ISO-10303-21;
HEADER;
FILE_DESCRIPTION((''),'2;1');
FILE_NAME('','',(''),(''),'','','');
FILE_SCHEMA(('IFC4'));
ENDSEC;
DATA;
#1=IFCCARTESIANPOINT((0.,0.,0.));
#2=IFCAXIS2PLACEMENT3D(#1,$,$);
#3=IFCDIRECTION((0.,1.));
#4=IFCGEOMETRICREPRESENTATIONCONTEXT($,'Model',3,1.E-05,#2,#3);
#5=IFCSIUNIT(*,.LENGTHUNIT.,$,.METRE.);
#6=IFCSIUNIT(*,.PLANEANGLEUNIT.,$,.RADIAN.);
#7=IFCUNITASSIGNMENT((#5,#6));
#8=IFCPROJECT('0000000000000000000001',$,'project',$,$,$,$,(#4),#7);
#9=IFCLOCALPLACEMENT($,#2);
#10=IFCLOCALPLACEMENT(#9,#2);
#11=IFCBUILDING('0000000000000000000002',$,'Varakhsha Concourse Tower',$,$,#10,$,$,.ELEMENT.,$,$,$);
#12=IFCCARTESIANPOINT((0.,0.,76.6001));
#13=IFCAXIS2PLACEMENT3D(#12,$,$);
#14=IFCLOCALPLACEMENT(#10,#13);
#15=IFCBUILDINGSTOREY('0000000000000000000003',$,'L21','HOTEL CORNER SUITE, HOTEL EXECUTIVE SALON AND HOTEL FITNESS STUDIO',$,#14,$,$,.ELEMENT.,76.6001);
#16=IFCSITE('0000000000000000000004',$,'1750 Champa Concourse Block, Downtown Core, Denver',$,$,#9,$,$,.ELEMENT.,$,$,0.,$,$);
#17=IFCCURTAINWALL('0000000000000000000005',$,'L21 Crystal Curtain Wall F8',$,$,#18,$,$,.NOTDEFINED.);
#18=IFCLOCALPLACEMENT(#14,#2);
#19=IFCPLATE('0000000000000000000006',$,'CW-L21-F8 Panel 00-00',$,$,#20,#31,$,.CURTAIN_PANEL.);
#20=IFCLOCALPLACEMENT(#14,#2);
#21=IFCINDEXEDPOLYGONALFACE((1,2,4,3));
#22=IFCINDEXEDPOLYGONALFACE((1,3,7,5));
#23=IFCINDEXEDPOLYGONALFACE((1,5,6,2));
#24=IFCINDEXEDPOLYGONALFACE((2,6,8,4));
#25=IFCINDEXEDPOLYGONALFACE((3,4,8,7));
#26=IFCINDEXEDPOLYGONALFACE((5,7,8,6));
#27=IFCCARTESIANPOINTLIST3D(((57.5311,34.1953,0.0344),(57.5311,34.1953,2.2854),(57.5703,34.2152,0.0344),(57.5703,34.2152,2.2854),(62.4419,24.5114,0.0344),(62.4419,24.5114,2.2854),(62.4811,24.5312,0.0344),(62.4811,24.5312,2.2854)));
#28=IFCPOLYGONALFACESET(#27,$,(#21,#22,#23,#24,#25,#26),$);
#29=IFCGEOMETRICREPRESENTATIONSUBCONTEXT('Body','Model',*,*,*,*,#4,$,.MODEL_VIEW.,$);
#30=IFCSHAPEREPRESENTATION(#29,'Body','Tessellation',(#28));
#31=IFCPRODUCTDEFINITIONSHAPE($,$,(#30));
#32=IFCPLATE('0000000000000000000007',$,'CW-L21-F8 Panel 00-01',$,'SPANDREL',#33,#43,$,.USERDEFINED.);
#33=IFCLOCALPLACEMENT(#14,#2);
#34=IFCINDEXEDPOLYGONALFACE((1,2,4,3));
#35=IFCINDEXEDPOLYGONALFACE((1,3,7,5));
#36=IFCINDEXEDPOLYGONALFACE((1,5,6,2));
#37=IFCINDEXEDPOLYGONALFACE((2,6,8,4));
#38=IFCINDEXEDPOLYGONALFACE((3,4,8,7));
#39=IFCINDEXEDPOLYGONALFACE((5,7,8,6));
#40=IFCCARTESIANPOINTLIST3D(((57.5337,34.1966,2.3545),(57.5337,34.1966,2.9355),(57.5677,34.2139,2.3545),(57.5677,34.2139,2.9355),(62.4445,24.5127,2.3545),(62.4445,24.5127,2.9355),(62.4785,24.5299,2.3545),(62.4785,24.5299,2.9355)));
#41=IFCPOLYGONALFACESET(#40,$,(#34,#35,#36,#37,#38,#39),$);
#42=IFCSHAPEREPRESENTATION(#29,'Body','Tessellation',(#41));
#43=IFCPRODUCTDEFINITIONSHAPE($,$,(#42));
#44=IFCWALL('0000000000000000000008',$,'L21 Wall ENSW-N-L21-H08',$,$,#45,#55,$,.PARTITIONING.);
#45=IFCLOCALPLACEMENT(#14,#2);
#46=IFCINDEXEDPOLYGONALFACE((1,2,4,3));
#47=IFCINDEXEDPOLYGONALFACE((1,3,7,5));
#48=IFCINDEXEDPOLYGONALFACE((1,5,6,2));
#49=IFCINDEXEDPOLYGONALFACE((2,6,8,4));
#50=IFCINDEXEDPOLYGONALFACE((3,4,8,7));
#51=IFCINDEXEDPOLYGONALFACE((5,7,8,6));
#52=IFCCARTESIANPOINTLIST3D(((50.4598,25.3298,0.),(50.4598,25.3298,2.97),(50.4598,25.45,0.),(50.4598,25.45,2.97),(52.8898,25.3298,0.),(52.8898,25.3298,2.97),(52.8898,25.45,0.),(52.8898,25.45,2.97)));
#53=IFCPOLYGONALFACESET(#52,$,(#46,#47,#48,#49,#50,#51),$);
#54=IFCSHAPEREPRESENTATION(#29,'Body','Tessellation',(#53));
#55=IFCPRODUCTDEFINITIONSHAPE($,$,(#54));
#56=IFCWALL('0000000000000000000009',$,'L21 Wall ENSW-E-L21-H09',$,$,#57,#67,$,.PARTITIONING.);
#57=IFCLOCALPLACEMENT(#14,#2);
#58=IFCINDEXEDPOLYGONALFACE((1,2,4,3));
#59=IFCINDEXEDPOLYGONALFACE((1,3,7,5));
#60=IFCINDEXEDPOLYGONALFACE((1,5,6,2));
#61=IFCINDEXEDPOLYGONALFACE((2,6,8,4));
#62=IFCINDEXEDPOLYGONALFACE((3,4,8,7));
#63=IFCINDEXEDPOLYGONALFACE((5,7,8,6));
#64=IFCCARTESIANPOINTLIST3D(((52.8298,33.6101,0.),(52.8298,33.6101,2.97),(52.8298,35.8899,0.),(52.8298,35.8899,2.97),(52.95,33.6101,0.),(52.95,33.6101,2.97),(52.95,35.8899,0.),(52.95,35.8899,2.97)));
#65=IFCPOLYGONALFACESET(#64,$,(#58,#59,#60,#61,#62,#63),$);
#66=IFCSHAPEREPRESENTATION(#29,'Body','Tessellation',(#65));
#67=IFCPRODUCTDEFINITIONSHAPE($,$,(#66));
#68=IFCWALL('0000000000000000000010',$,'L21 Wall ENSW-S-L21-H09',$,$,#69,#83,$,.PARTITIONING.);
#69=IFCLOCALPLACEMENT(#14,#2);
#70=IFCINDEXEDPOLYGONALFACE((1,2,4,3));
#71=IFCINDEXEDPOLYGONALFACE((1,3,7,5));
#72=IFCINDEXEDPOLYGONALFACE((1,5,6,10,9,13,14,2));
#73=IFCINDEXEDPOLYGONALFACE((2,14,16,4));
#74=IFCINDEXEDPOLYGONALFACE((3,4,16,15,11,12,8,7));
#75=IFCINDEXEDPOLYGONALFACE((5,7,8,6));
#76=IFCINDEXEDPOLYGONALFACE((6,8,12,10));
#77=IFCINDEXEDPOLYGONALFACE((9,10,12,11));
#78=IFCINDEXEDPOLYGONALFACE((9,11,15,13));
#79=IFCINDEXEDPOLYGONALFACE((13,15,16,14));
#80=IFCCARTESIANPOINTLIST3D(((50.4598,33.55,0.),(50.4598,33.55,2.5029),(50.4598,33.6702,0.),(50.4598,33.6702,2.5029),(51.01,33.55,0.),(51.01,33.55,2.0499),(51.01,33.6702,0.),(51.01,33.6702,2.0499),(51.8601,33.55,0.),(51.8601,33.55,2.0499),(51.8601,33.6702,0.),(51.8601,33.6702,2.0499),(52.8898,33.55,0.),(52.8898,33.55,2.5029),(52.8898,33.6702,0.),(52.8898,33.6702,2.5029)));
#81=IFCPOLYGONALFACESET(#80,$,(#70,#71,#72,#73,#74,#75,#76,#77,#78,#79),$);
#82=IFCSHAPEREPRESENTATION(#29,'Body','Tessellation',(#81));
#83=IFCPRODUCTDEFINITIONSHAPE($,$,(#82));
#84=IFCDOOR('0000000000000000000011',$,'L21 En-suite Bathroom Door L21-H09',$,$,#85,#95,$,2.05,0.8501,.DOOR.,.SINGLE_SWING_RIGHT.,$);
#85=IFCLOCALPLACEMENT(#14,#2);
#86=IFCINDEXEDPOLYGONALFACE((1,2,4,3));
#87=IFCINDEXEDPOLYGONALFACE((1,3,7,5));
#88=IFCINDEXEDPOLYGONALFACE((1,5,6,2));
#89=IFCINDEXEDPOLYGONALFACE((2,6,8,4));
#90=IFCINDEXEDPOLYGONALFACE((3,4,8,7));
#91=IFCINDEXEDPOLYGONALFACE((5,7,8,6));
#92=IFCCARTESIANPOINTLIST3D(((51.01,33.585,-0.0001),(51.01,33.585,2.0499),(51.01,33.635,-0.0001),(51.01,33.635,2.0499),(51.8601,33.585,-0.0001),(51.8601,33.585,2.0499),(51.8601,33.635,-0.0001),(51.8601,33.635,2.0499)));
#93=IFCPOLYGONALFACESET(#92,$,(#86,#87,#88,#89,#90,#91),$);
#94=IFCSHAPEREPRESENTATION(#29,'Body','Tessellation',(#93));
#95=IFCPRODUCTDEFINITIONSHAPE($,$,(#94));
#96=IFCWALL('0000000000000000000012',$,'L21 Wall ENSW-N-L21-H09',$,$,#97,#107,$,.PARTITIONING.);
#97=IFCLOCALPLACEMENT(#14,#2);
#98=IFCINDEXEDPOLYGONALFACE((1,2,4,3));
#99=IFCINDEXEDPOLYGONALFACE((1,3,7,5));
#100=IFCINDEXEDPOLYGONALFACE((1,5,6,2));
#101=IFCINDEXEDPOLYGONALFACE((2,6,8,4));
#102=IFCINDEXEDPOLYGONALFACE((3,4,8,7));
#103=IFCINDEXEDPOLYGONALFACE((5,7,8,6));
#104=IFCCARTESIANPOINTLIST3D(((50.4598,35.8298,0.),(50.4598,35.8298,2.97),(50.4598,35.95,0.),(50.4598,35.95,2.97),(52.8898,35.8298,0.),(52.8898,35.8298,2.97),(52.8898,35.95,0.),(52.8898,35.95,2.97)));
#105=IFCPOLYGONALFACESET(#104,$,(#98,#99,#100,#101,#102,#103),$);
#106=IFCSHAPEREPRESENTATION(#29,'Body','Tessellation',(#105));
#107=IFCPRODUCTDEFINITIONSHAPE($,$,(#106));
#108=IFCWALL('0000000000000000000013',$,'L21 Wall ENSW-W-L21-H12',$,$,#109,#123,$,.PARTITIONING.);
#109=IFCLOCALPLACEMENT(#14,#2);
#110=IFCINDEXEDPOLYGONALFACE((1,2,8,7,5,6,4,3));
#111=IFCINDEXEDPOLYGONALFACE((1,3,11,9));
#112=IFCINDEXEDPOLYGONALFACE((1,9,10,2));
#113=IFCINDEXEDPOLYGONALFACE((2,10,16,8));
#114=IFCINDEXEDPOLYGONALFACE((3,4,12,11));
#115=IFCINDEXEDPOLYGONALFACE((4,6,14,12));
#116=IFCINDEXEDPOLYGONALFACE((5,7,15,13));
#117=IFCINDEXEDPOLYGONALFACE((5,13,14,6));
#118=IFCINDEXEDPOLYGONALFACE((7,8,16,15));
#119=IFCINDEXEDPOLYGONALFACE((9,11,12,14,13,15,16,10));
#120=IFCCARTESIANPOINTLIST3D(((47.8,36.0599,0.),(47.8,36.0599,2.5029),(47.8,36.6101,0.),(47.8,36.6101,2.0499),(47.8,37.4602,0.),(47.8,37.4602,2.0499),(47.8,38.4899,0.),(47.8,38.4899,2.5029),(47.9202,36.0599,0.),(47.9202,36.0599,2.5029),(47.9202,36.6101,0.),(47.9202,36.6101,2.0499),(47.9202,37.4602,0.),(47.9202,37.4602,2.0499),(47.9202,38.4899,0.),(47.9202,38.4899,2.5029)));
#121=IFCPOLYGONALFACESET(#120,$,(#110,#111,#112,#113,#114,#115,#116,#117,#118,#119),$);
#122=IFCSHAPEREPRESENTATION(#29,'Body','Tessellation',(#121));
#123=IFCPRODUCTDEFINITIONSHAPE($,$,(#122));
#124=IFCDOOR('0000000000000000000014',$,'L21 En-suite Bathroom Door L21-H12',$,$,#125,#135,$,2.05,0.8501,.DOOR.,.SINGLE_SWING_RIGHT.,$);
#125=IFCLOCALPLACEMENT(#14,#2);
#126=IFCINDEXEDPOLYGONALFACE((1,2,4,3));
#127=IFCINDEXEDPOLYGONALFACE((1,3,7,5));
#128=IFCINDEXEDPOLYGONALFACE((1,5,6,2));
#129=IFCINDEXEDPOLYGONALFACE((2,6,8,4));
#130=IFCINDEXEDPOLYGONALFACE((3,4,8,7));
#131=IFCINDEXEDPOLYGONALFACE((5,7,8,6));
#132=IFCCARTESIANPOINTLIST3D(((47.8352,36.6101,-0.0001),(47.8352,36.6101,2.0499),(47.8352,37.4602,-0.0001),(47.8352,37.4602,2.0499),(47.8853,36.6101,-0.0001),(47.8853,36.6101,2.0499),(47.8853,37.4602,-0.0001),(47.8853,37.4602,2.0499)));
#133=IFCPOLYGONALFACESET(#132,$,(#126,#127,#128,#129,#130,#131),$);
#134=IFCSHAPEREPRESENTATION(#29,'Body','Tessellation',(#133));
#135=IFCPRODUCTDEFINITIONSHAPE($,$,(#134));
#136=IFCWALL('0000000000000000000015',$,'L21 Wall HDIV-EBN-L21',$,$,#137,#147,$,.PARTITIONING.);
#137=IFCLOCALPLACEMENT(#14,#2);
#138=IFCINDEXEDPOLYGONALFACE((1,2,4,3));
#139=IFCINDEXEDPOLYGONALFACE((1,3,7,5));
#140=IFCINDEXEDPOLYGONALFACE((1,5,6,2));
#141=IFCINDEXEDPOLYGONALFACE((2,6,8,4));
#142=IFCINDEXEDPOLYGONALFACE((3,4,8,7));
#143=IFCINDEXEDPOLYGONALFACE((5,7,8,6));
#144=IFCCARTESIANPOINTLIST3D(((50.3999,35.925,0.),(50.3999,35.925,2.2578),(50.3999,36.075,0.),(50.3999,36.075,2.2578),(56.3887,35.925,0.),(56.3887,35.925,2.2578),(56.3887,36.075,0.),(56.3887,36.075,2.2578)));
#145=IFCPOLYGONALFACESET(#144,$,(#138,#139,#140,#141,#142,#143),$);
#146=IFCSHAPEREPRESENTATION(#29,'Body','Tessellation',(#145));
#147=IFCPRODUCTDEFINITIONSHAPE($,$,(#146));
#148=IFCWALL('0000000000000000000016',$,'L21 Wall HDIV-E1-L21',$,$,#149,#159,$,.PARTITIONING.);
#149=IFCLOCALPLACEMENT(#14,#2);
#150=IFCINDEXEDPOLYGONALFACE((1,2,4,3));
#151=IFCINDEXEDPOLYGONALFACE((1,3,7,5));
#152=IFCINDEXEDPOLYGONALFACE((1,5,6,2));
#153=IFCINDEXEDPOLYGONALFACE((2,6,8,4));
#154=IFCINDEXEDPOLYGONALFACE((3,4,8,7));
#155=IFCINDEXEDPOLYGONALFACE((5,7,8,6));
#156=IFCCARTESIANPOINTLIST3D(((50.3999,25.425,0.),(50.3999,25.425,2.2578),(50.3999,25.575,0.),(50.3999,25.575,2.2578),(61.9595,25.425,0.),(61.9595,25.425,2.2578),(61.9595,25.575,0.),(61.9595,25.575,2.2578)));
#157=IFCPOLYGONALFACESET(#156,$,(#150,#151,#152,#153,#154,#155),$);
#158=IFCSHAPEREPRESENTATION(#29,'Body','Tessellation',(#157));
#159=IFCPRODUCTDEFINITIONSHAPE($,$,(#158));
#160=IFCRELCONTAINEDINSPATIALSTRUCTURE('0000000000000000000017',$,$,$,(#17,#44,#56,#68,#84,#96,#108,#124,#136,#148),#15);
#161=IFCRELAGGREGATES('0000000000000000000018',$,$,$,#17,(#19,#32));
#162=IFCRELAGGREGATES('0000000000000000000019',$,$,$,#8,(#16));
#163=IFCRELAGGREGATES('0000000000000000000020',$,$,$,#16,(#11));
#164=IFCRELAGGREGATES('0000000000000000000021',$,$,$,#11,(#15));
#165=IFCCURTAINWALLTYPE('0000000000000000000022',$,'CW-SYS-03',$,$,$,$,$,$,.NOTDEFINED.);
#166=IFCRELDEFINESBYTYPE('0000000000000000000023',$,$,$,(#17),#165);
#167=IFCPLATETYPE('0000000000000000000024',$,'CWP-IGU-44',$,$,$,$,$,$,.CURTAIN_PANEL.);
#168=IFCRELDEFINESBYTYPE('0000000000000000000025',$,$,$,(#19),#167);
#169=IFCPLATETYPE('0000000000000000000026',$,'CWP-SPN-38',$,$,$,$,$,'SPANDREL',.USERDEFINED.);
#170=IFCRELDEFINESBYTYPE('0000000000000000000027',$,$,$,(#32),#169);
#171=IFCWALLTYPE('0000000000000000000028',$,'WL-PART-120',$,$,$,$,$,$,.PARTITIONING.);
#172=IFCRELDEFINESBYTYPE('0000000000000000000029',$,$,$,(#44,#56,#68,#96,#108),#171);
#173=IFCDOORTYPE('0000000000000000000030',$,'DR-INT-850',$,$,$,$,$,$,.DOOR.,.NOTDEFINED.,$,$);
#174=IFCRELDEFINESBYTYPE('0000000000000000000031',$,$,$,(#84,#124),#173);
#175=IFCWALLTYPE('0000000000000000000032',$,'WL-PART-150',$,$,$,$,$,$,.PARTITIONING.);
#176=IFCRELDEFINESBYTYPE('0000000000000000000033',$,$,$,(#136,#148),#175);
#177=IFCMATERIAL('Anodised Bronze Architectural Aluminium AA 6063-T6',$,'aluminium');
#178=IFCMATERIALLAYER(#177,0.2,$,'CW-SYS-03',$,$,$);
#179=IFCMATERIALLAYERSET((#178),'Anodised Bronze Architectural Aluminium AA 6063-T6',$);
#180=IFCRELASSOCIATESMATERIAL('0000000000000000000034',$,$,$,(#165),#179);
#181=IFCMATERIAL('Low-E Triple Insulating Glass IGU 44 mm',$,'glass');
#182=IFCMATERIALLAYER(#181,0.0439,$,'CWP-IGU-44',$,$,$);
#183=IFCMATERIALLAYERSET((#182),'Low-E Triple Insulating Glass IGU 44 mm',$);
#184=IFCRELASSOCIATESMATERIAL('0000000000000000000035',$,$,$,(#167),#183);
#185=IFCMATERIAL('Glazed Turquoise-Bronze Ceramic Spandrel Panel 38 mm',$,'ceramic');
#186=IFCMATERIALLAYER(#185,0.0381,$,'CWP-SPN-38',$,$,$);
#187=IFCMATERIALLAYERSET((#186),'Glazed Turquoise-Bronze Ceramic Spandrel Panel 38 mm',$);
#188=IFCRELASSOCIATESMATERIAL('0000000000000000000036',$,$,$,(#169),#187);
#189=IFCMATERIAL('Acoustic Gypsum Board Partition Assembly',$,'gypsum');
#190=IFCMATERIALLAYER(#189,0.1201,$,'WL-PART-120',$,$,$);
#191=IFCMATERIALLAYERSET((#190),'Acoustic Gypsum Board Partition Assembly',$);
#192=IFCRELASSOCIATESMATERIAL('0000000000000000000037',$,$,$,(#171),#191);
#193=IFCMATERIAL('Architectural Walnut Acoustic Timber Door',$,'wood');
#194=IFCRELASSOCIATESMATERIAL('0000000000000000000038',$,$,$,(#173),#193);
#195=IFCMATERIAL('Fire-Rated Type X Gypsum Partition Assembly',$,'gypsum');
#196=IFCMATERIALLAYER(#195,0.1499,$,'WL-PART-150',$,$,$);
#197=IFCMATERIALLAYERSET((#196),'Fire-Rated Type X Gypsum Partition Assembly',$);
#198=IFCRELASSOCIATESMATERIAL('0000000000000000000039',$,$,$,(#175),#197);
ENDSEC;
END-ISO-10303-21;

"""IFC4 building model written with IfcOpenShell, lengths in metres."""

from ifc_helpers import new_model, si_unit, direction, frame, frame_2d, origin, origin_2d, place, context, subcontext, project, spatial, rectangle, extrude, source, transform, mapped, material, layer, layer_set, type_object, type_shapes, element, fill, aggregate, save


model = new_model("IFC4")

# Units and contexts
model_context = context("Model", 3, precision=1e-05, world=origin(), true_north=direction((0.0, 1.0)))
body_context = subcontext(model_context, "Body", "Model", "MODEL_VIEW")
ifc_project = project(units=[si_unit("LENGTHUNIT", "METRE"), si_unit("PLANEANGLEUNIT", "RADIAN")], contexts=[model_context])

# Site, building, storey
site_placement = place(None, origin())
site = spatial("IfcSite", under=ifc_project, at=site_placement, Name="1750 Champa Concourse Block, Downtown Core, Denver", CompositionType="ELEMENT", RefElevation=0.0)
building_placement = place(site_placement, origin())
building = spatial("IfcBuilding", under=site, at=building_placement, Name="Varakhsha Concourse Tower", CompositionType="ELEMENT")
storey_placement = place(building_placement, frame((0.0, 0.0, 76.6001)))
storey = spatial("IfcBuildingStorey", under=building, at=storey_placement, Name="L21", Description="HOTEL CORNER SUITE, HOTEL EXECUTIVE SALON AND HOTEL FITNESS STUDIO", CompositionType="ELEMENT", Elevation=76.6001)

# Curtain wall
ifc_material_1 = material(Name="Anodised Bronze Architectural Aluminium AA 6063-T6", Category="aluminium")
ifc_layer_1 = layer(ifc_material_1, 0.2, Name="CW-SYS-03")
ifc_layer_set_1 = layer_set([ifc_layer_1], Name="Anodised Bronze Architectural Aluminium AA 6063-T6")
curtain_wall_type = type_object("IfcCurtainWallType", Name="CW-SYS-03", PredefinedType="NOTDEFINED", material=ifc_layer_set_1)
curtain_wall_1_placement = place(storey_placement, origin())
curtain_wall_1 = element("IfcCurtainWall", 1, at=curtain_wall_1_placement, inside=storey, type_object=curtain_wall_type, Name="L21 Crystal Curtain Wall F8", PredefinedType="NOTDEFINED")

# Plates
ifc_material_2 = material(Name="Low-E Triple Insulating Glass IGU 44 mm", Category="glass")
ifc_layer_2 = layer(ifc_material_2, 0.0439, Name="CWP-IGU-44")
ifc_layer_set_2 = layer_set([ifc_layer_2], Name="Low-E Triple Insulating Glass IGU 44 mm")
plate_type_1 = type_object("IfcPlateType", Name="CWP-IGU-44", PredefinedType="CURTAIN_PANEL", material=ifc_layer_set_2)
shared_shape_1 = source(origin(), body_context, "Body", "SweptSolid", [
    extrude(rectangle(XDim=10.8579, YDim=0.0439, at=origin_2d()), origin(), (0.0, 0.0, 1.0), 2.251),
])
type_shapes(plate_type_1, [shared_shape_1])
plate_1_placement = place(storey_placement, frame((60.0061, 29.3633, 0.0344), z_axis=(0.0, 0.0, 1.0), x_axis=(0.452274, -0.891879, 0.0)))
plate_1 = element("IfcPlate", 2, at=plate_1_placement, type_object=plate_type_1, Name="CW-L21-F8 Panel 00-00", PredefinedType="CURTAIN_PANEL", context=body_context, shape_type="MappedRepresentation", body=[
    mapped(shared_shape_1, transform((0.0, 0.0, 0.0), scale=1.0)),
])
ifc_material_3 = material(Name="Glazed Turquoise-Bronze Ceramic Spandrel Panel 38 mm", Category="ceramic")
ifc_layer_3 = layer(ifc_material_3, 0.0381, Name="CWP-SPN-38")
ifc_layer_set_3 = layer_set([ifc_layer_3], Name="Glazed Turquoise-Bronze Ceramic Spandrel Panel 38 mm")
plate_type_2 = type_object("IfcPlateType", Name="CWP-SPN-38", ElementType="SPANDREL", PredefinedType="USERDEFINED", material=ifc_layer_set_3)
shared_shape_2 = source(origin(), body_context, "Body", "SweptSolid", [
    extrude(rectangle(XDim=10.8579, YDim=0.0381, at=origin_2d()), origin(), (0.0, 0.0, 1.0), 0.5811),
])
type_shapes(plate_type_2, [shared_shape_2])
plate_2_placement = place(storey_placement, frame((60.0061, 29.3633, 2.3545), z_axis=(0.0, 0.0, 1.0), x_axis=(0.452274, -0.891879, 0.0)))
plate_2 = element("IfcPlate", 3, at=plate_2_placement, type_object=plate_type_2, Name="CW-L21-F8 Panel 00-01", ObjectType="SPANDREL", PredefinedType="USERDEFINED", context=body_context, shape_type="MappedRepresentation", body=[
    mapped(shared_shape_2, transform((0.0, 0.0, 0.0), scale=1.0)),
])
aggregate(curtain_wall_1, [plate_1, plate_2])

# Walls
ifc_material_4 = material(Name="Acoustic Gypsum Board Partition Assembly", Category="gypsum")
ifc_layer_4 = layer(ifc_material_4, 0.1201, Name="WL-PART-120")
ifc_layer_set_4 = layer_set([ifc_layer_4], Name="Acoustic Gypsum Board Partition Assembly")
wall_type_1 = type_object("IfcWallType", Name="WL-PART-120", PredefinedType="PARTITIONING", material=ifc_layer_set_4)
wall_1_placement = place(storey_placement, frame((50.46, 25.3899, 0.0), z_axis=(0.0, 0.0, 1.0), x_axis=(1.0, 0.0, 0.0)))
element("IfcWall", 4, at=wall_1_placement, inside=storey, type_object=wall_type_1, Name="L21 Wall ENSW-N-L21-H08", PredefinedType="PARTITIONING", context=body_context, shape_type="SweptSolid", body=[
    extrude(rectangle(XDim=2.4299, YDim=0.1201, at=frame_2d((1.2148, 0.0))), origin(), (0.0, 0.0, 1.0), 2.97),
])
wall_2_placement = place(storey_placement, frame((52.8899, 33.6101, 0.0), z_axis=(0.0, 0.0, 1.0), x_axis=(0.0, 1.0, 0.0)))
element("IfcWall", 5, at=wall_2_placement, inside=storey, type_object=wall_type_1, Name="L21 Wall ENSW-E-L21-H09", PredefinedType="PARTITIONING", context=body_context, shape_type="SweptSolid", body=[
    extrude(rectangle(XDim=2.2798, YDim=0.1201, at=frame_2d((1.1399, 0.0))), origin(), (0.0, 0.0, 1.0), 2.97),
])

# Wall, opening, door
wall_3_placement = place(storey_placement, frame((50.46, 33.6101, 0.0), z_axis=(0.0, 0.0, 1.0), x_axis=(1.0, 0.0, 0.0)))
wall_3 = element("IfcWall", 6, at=wall_3_placement, inside=storey, type_object=wall_type_1, Name="L21 Wall ENSW-S-L21-H09", PredefinedType="PARTITIONING", context=body_context, shape_type="SweptSolid", body=[
    extrude(rectangle(XDim=2.4299, YDim=0.1201, at=frame_2d((1.2148, 0.0))), origin(), (0.0, 0.0, 1.0), 2.5029),
])
opening_1_placement = place(wall_3_placement, frame((0.55, 0.0, 0.0)))
opening_1 = element("IfcOpeningElement", 7, at=opening_1_placement, cuts=wall_3, PredefinedType="OPENING", context=body_context, shape_type="SweptSolid", body=[
    extrude(rectangle(XDim=0.8501, YDim=2.05, at=frame_2d((0.425, 1.0249))), frame((0.0, 0.0701, 0.0), z_axis=(0.0, -1.0, 0.0), x_axis=(1.0, 0.0, 0.0)), (0.0, 0.0, 1.0), 0.1401),
])
ifc_material_5 = material(Name="Architectural Walnut Acoustic Timber Door", Category="wood")
door_type = type_object("IfcDoorType", Name="DR-INT-850", OperationType="NOTDEFINED", PredefinedType="DOOR", material=ifc_material_5)
door_1_placement = place(opening_1_placement, origin())
door_1 = element("IfcDoor", 8, at=door_1_placement, inside=storey, type_object=door_type, Name="L21 En-suite Bathroom Door L21-H09", OperationType="SINGLE_SWING_RIGHT", OverallHeight=2.05, OverallWidth=0.8501, PredefinedType="DOOR", context=body_context, shape_type="SweptSolid", body=[
    extrude(rectangle(XDim=0.8501, YDim=2.05, at=frame_2d((0.425, 1.0249))), frame((0.0, 0.0249, 0.0), z_axis=(0.0, -1.0, 0.0), x_axis=(1.0, 0.0, 0.0)), (0.0, 0.0, 1.0), 0.05),
])
fill(opening_1, door_1)

# Wall
wall_4_placement = place(storey_placement, frame((50.46, 35.8899, 0.0), z_axis=(0.0, 0.0, 1.0), x_axis=(1.0, 0.0, 0.0)))
element("IfcWall", 9, at=wall_4_placement, inside=storey, type_object=wall_type_1, Name="L21 Wall ENSW-N-L21-H09", PredefinedType="PARTITIONING", context=body_context, shape_type="SweptSolid", body=[
    extrude(rectangle(XDim=2.4299, YDim=0.1201, at=frame_2d((1.2148, 0.0))), origin(), (0.0, 0.0, 1.0), 2.97),
])

# Wall, opening, door
wall_5_placement = place(storey_placement, frame((47.8601, 36.0601, 0.0), z_axis=(0.0, 0.0, 1.0), x_axis=(0.0, 1.0, 0.0)))
wall_5 = element("IfcWall", 10, at=wall_5_placement, inside=storey, type_object=wall_type_1, Name="L21 Wall ENSW-W-L21-H12", PredefinedType="PARTITIONING", context=body_context, shape_type="SweptSolid", body=[
    extrude(rectangle(XDim=2.4299, YDim=0.1201, at=frame_2d((1.2148, 0.0))), origin(), (0.0, 0.0, 1.0), 2.5029),
])
opening_2_placement = place(wall_5_placement, frame((0.55, 0.0, 0.0)))
opening_2 = element("IfcOpeningElement", 11, at=opening_2_placement, cuts=wall_5, PredefinedType="OPENING", context=body_context, shape_type="SweptSolid", body=[
    extrude(rectangle(XDim=0.8501, YDim=2.05, at=frame_2d((0.425, 1.0249))), frame((0.0, 0.0701, 0.0), z_axis=(0.0, -1.0, 0.0), x_axis=(1.0, 0.0, 0.0)), (0.0, 0.0, 1.0), 0.1401),
])
door_2_placement = place(opening_2_placement, origin())
door_2 = element("IfcDoor", 12, at=door_2_placement, inside=storey, type_object=door_type, Name="L21 En-suite Bathroom Door L21-H12", OperationType="SINGLE_SWING_RIGHT", OverallHeight=2.05, OverallWidth=0.8501, PredefinedType="DOOR", context=body_context, shape_type="SweptSolid", body=[
    extrude(rectangle(XDim=0.8501, YDim=2.05, at=frame_2d((0.425, 1.0249))), frame((0.0, 0.0249, 0.0), z_axis=(0.0, -1.0, 0.0), x_axis=(1.0, 0.0, 0.0)), (0.0, 0.0, 1.0), 0.05),
])
fill(opening_2, door_2)

# Walls
ifc_material_6 = material(Name="Fire-Rated Type X Gypsum Partition Assembly", Category="gypsum")
ifc_layer_5 = layer(ifc_material_6, 0.1499, Name="WL-PART-150")
ifc_layer_set_5 = layer_set([ifc_layer_5], Name="Fire-Rated Type X Gypsum Partition Assembly")
wall_type_2 = type_object("IfcWallType", Name="WL-PART-150", PredefinedType="PARTITIONING", material=ifc_layer_set_5)
wall_6_placement = place(storey_placement, frame((50.3999, 36.0, 0.0), z_axis=(0.0, 0.0, 1.0), x_axis=(1.0, 0.0, 0.0)))
element("IfcWall", 13, at=wall_6_placement, inside=storey, type_object=wall_type_2, Name="L21 Wall HDIV-EBN-L21", PredefinedType="PARTITIONING", context=body_context, shape_type="SweptSolid", body=[
    extrude(rectangle(XDim=5.9888, YDim=0.1499, at=frame_2d((2.9944, 0.0))), origin(), (0.0, 0.0, 1.0), 2.2578),
])
wall_7_placement = place(storey_placement, frame((50.3999, 25.5, 0.0), z_axis=(0.0, 0.0, 1.0), x_axis=(1.0, 0.0, 0.0)))
element("IfcWall", 14, at=wall_7_placement, inside=storey, type_object=wall_type_2, Name="L21 Wall HDIV-E1-L21", PredefinedType="PARTITIONING", context=body_context, shape_type="SweptSolid", body=[
    extrude(rectangle(XDim=11.5596, YDim=0.1499, at=frame_2d((5.7798, 0.0))), origin(), (0.0, 0.0, 1.0), 2.2578),
])

save(model, "model.ifc")
